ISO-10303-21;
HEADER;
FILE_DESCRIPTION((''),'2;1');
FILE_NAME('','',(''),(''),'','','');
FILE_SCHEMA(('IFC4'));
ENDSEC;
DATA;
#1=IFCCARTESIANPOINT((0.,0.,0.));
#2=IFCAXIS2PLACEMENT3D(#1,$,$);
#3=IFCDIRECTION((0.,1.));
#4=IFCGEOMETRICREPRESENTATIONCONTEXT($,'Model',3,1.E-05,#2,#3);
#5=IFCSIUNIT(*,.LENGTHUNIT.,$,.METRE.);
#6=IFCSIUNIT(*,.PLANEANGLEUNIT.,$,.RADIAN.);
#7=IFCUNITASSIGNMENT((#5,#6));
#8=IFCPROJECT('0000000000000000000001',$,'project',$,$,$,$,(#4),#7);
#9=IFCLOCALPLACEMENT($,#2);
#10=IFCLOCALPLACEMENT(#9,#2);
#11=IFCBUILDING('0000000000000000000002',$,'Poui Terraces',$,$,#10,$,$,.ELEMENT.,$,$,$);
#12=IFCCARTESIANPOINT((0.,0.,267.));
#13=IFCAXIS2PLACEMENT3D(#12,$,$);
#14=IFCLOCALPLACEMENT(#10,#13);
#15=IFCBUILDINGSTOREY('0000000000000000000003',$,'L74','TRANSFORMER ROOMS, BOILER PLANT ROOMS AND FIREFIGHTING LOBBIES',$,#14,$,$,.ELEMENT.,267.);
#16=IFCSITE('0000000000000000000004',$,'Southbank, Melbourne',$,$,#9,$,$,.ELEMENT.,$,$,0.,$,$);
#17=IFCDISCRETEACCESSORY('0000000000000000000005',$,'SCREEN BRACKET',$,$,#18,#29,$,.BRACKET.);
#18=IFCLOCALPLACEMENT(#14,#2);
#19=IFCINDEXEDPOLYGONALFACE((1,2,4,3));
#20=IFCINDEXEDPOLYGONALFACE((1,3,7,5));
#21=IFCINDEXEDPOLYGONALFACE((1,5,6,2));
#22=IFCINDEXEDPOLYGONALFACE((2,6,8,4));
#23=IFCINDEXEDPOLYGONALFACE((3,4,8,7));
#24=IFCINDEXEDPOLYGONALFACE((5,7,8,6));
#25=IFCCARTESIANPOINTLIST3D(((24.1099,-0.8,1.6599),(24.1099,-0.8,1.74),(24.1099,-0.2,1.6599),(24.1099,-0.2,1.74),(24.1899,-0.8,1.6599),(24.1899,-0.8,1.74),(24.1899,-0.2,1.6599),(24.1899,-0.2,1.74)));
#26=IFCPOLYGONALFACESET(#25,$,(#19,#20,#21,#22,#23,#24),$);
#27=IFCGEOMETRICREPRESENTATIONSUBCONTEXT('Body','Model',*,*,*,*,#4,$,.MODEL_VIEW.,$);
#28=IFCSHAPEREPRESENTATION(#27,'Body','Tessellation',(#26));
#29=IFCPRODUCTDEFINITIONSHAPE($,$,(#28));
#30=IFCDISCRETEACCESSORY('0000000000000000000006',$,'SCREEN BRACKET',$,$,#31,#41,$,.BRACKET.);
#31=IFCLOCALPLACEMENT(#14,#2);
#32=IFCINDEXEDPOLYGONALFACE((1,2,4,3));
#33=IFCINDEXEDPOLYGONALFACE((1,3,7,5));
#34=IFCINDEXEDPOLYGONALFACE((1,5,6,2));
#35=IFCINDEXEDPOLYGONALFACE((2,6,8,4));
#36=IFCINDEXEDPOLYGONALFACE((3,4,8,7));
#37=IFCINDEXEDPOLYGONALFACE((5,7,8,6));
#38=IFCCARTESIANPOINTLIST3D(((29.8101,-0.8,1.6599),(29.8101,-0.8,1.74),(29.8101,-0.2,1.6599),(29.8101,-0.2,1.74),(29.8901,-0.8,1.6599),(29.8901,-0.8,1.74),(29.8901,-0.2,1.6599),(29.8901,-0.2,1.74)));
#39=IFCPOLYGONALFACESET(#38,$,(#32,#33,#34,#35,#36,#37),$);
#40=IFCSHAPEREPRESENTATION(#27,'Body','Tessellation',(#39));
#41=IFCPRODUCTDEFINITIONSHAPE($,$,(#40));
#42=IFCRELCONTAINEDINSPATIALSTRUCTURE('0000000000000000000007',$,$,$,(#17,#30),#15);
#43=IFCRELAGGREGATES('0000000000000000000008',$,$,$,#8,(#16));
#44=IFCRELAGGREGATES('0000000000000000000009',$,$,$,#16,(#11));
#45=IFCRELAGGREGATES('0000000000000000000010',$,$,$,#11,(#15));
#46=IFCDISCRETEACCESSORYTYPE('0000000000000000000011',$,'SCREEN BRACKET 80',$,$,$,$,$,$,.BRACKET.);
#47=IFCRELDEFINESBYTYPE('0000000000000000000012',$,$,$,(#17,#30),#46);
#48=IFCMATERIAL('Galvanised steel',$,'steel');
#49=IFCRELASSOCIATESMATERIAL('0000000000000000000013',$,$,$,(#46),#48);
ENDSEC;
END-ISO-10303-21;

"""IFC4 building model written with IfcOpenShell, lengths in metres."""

from ifc_helpers import new_model, si_unit, direction, frame, origin, origin_2d, place, context, subcontext, project, spatial, rectangle, extrude, source, transform, mapped, material, material_profile, profile_set, type_object, element, save


model = new_model("IFC4")

# Units and contexts
model_context = context("Model", 3, precision=1e-05, world=origin(), true_north=direction((0.0, 1.0)))
body_context = subcontext(model_context, "Body", "Model", "MODEL_VIEW")
ifc_project = project(units=[si_unit("LENGTHUNIT", "METRE"), si_unit("PLANEANGLEUNIT", "RADIAN")], contexts=[model_context])

# Site, building, storey
site_placement = place(None, origin())
site = spatial("IfcSite", under=ifc_project, at=site_placement, Name="Southbank, Melbourne", CompositionType="ELEMENT", RefElevation=0.0)
building_placement = place(site_placement, origin())
building = spatial("IfcBuilding", under=site, at=building_placement, Name="Poui Terraces", CompositionType="ELEMENT")
storey_placement = place(building_placement, frame((0.0, 0.0, 267.0)))
storey = spatial("IfcBuildingStorey", under=building, at=storey_placement, Name="L74", Description="TRANSFORMER ROOMS, BOILER PLANT ROOMS AND FIREFIGHTING LOBBIES", CompositionType="ELEMENT", Elevation=267.0)

# Discrete accessories
ifc_material_1 = material(Name="Galvanised steel", Category="steel")
ifc_material_profile_1 = material_profile(ifc_material_1, rectangle(XDim=0.0801, YDim=0.0801, at=origin_2d()), Name="SCREEN BRACKET 80")
ifc_profile_set_1 = profile_set([ifc_material_profile_1], Name="Galvanised steel")
discrete_accessory_type = type_object("IfcDiscreteAccessoryType", Name="SCREEN BRACKET 80", PredefinedType="BRACKET", material=ifc_profile_set_1)
shared_shape_1 = source(origin(), body_context, "Body", "SweptSolid", [
    extrude(rectangle(XDim=0.0801, YDim=0.0801, at=origin_2d()), origin(), (0.0, 0.0, 1.0), 0.6001),
])
for number, where, z_axis, x_axis, name in (
    (1, (24.1499, -0.2, 1.7), (0.0, -1.0, 0.0), (1.0, 0.0, 0.0), "SCREEN BRACKET"),
    (2, (29.8501, -0.2, 1.7), (0.0, -1.0, 0.0), (1.0, 0.0, 0.0), "SCREEN BRACKET"),
):
    element("IfcDiscreteAccessory", number, at=place(storey_placement, frame(where, z_axis=z_axis, x_axis=x_axis)), inside=storey, type_object=discrete_accessory_type, Name=name, PredefinedType="BRACKET", context=body_context, shape_type="MappedRepresentation", body=[
        mapped(shared_shape_1, transform((0.0, 0.0, 0.0))),
    ])

save(model, "model.ifc")
